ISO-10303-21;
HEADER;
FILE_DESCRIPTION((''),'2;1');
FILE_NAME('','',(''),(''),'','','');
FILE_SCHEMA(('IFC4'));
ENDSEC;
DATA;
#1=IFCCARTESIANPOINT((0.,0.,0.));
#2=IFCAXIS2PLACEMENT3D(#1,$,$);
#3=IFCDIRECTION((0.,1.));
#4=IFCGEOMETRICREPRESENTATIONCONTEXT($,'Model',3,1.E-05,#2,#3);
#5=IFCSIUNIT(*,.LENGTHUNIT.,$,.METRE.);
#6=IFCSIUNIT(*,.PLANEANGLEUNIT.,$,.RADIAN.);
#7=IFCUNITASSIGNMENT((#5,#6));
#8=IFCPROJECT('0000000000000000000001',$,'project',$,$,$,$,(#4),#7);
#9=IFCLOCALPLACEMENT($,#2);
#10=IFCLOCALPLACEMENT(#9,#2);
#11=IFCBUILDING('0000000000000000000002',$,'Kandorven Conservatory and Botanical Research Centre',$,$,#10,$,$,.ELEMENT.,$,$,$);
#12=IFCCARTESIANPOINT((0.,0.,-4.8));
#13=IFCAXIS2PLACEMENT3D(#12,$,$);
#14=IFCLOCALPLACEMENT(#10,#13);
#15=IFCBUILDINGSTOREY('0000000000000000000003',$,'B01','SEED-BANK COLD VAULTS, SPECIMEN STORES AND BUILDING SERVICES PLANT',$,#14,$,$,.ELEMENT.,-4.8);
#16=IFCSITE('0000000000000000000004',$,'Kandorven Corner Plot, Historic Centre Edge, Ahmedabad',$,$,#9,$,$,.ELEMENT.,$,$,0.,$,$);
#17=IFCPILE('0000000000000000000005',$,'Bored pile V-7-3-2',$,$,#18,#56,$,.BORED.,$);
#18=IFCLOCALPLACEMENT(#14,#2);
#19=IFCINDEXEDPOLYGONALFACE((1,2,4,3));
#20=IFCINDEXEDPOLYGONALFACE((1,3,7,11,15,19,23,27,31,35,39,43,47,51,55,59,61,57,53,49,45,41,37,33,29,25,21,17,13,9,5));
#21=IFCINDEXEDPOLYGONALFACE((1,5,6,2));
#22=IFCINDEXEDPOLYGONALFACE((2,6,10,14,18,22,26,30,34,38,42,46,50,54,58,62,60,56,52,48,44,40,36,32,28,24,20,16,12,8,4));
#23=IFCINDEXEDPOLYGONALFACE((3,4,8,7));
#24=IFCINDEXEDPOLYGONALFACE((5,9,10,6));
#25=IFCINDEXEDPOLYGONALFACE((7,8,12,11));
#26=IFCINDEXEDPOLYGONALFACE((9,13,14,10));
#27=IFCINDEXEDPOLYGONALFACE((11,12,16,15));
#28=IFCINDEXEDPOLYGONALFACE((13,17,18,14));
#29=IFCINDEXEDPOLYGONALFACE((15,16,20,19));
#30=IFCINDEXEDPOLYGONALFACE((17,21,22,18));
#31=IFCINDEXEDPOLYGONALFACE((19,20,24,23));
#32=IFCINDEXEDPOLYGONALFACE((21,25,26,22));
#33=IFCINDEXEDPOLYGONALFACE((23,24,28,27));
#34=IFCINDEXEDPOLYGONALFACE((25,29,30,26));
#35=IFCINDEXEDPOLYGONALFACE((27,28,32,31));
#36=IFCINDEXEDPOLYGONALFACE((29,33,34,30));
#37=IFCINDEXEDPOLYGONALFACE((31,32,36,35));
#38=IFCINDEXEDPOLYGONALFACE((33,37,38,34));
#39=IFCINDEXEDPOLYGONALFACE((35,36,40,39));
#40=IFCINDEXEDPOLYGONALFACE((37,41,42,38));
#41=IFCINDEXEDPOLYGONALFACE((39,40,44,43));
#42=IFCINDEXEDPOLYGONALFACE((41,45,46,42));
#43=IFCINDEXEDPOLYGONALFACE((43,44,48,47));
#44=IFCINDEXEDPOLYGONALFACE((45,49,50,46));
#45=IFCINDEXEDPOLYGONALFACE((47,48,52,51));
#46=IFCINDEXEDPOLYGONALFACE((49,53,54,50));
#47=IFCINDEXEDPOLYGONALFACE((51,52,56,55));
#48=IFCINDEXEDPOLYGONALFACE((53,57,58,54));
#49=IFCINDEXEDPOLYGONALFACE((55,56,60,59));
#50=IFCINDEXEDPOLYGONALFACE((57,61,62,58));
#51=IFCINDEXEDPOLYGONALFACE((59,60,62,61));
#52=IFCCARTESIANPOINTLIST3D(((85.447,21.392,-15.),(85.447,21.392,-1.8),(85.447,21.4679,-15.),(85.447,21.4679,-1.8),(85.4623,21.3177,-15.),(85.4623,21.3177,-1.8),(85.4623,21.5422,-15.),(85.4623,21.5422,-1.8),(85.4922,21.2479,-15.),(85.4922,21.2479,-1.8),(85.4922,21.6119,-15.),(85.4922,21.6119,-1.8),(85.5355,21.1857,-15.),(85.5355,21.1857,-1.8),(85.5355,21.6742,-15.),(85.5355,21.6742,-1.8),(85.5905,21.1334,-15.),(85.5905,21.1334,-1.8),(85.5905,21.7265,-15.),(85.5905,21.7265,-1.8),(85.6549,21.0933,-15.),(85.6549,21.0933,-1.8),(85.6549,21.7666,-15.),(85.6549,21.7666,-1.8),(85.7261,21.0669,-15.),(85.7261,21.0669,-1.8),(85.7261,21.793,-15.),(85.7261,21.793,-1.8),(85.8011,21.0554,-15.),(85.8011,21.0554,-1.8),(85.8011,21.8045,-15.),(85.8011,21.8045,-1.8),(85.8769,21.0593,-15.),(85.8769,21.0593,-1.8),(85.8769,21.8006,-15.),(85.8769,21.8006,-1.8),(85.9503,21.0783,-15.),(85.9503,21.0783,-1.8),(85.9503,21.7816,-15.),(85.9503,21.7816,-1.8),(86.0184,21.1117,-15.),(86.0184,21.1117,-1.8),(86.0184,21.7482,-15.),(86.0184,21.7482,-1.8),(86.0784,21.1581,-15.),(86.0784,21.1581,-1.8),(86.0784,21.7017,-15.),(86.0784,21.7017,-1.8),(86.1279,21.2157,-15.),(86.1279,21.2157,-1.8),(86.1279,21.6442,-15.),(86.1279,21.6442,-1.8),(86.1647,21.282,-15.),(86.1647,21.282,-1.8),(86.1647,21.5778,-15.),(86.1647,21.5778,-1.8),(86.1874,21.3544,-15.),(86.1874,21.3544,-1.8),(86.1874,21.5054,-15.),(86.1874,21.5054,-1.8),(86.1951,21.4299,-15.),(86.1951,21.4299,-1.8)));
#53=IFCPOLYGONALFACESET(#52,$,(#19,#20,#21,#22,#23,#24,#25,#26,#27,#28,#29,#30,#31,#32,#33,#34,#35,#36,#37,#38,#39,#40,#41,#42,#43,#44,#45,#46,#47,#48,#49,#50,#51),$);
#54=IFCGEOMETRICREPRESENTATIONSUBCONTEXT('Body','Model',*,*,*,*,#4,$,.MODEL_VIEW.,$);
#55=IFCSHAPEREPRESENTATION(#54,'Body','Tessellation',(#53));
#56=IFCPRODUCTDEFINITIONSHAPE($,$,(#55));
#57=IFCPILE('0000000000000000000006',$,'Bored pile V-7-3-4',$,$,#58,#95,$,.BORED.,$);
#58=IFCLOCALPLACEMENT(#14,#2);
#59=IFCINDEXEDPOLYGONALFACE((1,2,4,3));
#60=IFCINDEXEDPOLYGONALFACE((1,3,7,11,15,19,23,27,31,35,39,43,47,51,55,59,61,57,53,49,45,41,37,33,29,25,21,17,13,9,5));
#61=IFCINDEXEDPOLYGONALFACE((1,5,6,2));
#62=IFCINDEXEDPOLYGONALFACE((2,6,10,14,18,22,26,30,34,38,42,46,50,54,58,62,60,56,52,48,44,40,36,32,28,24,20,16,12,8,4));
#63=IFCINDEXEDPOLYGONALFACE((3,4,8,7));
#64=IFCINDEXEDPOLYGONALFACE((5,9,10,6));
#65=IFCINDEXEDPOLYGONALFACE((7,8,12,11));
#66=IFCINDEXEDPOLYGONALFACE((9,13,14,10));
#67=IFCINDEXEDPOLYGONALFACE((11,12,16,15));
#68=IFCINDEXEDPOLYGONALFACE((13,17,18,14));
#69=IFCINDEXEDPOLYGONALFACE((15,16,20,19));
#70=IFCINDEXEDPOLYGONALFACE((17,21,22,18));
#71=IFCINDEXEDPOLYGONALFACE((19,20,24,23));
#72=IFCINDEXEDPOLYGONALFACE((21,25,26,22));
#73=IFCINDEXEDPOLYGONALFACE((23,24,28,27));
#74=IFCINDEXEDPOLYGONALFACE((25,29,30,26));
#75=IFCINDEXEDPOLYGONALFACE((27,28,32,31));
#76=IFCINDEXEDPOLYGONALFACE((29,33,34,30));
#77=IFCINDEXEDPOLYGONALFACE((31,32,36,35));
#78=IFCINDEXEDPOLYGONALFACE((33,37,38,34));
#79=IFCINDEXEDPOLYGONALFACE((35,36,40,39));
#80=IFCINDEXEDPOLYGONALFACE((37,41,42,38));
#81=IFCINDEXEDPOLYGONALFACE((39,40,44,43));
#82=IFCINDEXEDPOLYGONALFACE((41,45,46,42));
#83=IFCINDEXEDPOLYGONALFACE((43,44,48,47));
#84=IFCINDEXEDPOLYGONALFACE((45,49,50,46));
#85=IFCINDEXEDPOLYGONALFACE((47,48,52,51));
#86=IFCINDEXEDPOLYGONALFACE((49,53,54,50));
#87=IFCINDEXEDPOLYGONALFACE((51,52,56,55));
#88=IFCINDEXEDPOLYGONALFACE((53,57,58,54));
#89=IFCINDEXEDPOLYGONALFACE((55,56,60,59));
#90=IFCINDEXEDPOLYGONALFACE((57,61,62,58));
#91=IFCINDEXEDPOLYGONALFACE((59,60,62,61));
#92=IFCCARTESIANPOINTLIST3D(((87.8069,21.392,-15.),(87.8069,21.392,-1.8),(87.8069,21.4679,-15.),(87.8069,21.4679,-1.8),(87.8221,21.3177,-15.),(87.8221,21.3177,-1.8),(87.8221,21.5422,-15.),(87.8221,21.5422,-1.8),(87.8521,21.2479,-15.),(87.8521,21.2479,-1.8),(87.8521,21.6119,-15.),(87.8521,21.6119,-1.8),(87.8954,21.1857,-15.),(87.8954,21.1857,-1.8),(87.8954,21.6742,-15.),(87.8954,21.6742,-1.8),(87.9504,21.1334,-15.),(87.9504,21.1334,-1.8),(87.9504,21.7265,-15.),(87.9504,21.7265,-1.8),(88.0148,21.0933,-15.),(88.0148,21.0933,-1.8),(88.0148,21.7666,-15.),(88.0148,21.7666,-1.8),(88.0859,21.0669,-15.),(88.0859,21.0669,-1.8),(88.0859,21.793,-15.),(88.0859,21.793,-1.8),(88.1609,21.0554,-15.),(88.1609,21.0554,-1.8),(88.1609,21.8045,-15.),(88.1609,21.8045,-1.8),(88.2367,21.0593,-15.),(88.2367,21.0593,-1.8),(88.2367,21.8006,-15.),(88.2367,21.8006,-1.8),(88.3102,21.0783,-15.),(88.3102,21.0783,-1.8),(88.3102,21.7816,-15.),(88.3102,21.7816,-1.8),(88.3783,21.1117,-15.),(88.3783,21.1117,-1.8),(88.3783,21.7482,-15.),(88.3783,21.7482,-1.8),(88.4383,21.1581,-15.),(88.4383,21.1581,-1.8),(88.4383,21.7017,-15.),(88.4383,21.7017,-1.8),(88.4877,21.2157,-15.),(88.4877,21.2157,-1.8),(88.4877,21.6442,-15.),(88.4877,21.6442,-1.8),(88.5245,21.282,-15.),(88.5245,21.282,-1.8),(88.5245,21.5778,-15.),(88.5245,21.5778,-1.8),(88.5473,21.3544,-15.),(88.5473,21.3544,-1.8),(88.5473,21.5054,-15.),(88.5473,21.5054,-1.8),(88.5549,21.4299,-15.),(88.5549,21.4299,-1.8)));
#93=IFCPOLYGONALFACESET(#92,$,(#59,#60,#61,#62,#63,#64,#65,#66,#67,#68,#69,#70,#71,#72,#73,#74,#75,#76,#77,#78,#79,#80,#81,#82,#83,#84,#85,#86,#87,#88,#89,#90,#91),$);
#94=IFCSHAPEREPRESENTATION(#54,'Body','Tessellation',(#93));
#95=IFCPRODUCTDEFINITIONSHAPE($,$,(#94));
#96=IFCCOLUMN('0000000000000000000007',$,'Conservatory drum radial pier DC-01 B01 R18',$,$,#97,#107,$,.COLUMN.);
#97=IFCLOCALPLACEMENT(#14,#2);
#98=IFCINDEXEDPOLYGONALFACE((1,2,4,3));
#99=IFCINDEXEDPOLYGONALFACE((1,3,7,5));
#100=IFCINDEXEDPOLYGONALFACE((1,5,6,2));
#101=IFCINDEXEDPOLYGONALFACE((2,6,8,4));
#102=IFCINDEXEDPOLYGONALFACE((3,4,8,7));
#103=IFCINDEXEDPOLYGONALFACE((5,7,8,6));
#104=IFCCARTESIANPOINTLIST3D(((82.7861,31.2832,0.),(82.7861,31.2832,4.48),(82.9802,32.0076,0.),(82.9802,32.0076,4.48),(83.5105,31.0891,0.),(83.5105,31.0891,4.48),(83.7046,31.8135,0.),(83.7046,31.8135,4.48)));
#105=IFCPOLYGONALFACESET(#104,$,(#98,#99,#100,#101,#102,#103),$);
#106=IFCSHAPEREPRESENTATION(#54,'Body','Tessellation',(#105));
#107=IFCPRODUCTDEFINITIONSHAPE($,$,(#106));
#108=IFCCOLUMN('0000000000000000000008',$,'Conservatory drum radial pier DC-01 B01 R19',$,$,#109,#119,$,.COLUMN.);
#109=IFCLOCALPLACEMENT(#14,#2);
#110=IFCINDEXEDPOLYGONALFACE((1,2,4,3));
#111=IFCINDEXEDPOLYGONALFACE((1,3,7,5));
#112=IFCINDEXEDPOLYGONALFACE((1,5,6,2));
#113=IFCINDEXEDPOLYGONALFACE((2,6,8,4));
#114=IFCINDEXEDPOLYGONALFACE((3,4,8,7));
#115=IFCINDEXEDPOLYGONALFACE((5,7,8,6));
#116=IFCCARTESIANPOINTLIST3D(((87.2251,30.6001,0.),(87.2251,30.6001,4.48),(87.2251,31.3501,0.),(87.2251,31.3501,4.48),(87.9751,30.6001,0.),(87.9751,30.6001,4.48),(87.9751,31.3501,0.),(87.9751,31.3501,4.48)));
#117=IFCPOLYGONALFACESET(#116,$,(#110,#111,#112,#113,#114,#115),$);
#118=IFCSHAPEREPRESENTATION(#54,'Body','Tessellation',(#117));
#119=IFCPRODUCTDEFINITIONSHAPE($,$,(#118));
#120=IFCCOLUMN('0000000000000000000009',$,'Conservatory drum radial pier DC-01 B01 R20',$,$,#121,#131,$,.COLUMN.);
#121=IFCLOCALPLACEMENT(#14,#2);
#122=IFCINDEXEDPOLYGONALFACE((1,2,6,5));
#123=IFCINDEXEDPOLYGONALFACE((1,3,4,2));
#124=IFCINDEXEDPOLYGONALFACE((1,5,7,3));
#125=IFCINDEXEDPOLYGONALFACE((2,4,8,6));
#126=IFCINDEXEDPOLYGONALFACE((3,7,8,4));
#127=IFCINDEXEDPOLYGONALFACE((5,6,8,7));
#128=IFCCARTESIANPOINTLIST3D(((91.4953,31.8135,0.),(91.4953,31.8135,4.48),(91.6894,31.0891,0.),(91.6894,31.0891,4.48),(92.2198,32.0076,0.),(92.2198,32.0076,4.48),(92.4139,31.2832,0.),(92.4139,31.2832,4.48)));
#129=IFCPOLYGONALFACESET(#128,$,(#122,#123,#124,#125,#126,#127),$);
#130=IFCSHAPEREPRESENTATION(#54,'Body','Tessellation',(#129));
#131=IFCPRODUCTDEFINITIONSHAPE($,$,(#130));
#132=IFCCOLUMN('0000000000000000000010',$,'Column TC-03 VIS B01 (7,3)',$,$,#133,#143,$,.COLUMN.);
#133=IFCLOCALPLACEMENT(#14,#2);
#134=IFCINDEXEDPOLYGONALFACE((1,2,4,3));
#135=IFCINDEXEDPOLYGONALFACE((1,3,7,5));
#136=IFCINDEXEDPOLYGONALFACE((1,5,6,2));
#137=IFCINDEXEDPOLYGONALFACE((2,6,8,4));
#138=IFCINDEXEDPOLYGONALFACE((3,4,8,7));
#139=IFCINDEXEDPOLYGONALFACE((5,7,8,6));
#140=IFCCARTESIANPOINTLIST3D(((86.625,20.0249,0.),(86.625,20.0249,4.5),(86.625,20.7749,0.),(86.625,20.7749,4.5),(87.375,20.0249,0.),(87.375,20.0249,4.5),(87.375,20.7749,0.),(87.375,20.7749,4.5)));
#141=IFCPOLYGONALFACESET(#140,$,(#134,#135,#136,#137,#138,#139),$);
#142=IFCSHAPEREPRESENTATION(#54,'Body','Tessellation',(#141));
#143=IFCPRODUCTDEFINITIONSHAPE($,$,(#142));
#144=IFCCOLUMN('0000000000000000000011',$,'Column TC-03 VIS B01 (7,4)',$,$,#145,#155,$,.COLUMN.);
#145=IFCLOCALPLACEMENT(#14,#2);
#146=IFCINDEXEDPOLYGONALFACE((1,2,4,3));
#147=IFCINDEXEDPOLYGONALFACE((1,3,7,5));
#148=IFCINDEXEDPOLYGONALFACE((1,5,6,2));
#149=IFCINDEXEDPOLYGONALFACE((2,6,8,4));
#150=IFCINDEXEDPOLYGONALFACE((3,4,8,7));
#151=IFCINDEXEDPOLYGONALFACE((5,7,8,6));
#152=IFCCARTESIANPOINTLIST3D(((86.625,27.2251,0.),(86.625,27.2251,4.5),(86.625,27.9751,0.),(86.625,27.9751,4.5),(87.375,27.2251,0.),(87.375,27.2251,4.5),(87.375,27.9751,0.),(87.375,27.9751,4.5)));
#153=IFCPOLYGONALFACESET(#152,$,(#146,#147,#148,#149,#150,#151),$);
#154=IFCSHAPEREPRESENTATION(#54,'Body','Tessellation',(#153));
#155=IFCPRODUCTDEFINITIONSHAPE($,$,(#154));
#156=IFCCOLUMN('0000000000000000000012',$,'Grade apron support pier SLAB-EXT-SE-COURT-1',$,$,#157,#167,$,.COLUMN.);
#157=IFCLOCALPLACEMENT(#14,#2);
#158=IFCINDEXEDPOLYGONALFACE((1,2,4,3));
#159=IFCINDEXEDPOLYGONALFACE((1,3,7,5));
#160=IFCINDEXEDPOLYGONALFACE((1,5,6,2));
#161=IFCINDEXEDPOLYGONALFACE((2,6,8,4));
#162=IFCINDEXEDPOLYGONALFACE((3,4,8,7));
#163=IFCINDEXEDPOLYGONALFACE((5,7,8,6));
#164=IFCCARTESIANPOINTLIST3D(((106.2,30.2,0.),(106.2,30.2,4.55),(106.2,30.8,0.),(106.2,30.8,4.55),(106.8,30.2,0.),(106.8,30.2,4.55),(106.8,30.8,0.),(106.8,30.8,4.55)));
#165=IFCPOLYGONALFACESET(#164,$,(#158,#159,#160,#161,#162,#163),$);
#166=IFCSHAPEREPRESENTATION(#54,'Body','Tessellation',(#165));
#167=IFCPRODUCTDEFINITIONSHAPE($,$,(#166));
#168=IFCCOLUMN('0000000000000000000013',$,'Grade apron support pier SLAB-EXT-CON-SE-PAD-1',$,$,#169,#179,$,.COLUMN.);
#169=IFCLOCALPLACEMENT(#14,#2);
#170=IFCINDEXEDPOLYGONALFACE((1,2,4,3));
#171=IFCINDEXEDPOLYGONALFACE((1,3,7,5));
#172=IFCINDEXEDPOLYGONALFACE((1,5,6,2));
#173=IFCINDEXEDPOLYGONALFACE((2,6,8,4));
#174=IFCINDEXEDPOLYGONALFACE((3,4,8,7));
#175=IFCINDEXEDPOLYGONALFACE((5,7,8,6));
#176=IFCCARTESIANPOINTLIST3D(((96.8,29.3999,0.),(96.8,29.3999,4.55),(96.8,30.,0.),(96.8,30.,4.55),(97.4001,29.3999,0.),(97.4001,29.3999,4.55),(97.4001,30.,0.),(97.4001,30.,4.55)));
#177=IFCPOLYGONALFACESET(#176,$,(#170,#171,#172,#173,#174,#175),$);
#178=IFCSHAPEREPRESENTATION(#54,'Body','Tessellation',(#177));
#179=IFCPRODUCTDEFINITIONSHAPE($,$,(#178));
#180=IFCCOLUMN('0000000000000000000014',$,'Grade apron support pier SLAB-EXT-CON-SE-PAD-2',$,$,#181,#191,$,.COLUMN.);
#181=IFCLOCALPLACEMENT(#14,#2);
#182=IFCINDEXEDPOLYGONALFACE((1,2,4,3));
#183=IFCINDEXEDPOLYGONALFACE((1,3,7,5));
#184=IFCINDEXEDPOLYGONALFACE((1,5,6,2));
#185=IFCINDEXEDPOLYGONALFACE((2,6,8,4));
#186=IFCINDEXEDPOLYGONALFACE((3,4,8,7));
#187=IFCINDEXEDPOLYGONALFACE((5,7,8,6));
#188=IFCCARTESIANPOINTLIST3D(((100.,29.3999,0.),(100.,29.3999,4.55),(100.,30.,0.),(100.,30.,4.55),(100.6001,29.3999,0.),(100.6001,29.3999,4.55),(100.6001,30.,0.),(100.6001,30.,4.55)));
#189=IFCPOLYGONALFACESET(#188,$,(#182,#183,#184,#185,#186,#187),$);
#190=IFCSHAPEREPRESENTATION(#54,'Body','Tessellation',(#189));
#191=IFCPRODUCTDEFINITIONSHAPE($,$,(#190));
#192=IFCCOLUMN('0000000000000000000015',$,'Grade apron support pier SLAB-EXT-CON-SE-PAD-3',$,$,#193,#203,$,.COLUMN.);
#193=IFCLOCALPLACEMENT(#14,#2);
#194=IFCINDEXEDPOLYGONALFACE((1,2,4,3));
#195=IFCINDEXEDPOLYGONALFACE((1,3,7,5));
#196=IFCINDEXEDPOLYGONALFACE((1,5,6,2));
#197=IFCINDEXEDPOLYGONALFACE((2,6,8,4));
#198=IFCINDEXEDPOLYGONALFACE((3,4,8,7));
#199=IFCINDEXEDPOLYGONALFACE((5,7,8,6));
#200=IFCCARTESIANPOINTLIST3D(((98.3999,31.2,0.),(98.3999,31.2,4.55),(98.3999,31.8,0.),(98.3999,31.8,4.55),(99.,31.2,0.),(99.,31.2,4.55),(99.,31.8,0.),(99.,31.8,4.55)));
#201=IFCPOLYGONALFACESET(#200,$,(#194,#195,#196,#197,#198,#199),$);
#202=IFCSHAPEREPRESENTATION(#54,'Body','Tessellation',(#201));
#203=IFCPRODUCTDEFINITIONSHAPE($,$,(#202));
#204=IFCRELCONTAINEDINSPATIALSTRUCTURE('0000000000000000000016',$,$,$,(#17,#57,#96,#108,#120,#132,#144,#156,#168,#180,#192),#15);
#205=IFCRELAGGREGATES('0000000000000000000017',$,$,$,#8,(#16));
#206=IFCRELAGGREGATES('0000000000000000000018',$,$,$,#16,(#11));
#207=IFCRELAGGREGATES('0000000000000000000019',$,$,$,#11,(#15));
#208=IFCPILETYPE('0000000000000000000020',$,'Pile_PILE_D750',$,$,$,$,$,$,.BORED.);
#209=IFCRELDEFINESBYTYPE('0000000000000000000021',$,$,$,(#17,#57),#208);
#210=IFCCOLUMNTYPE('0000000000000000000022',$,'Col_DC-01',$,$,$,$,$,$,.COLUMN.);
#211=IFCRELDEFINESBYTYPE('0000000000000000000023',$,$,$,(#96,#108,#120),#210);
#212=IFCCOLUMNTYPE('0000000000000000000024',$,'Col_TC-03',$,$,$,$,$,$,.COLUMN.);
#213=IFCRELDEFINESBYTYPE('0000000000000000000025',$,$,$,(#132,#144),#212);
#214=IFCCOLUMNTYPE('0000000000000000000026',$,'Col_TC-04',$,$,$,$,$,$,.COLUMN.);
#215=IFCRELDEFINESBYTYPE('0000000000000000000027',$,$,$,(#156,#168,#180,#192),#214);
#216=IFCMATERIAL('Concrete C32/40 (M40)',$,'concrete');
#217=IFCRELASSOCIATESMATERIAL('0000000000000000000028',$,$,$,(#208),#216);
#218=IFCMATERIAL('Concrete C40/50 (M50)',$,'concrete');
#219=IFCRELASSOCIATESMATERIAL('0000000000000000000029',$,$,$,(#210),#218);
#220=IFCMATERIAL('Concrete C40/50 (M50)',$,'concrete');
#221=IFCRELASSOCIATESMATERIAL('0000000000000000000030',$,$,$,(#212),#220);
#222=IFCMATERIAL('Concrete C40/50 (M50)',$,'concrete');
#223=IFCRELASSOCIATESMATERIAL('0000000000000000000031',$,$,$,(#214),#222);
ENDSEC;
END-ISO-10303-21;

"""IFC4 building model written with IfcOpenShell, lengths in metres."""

from ifc_helpers import new_model, si_unit, direction, frame, origin, origin_2d, place, context, subcontext, project, spatial, rectangle, circle, extrude, material, material_profile, profile_set, type_object, element, save


model = new_model("IFC4")

# Units and contexts
model_context = context("Model", 3, precision=1e-05, world=origin(), true_north=direction((0.0, 1.0)))
body_context = subcontext(model_context, "Body", "Model", "MODEL_VIEW")
ifc_project = project(units=[si_unit("LENGTHUNIT", "METRE"), si_unit("PLANEANGLEUNIT", "RADIAN")], contexts=[model_context])

# Site, building, storey
site_placement = place(None, origin())
site = spatial("IfcSite", under=ifc_project, at=site_placement, Name="Kandorven Corner Plot, Historic Centre Edge, Ahmedabad", CompositionType="ELEMENT", RefElevation=0.0)
building_placement = place(site_placement, origin())
building = spatial("IfcBuilding", under=site, at=building_placement, Name="Kandorven Conservatory and Botanical Research Centre", CompositionType="ELEMENT")
storey_placement = place(building_placement, frame((0.0, 0.0, -4.8)))
storey = spatial("IfcBuildingStorey", under=building, at=storey_placement, Name="B01", Description="SEED-BANK COLD VAULTS, SPECIMEN STORES AND BUILDING SERVICES PLANT", CompositionType="ELEMENT", Elevation=-4.8)

# Piles
ifc_material_1 = material(Name="Concrete C32/40 (M40)", Category="concrete")
ifc_material_profile_1 = material_profile(ifc_material_1, circle(Radius=0.375, at=origin_2d()))
ifc_profile_set_1 = profile_set([ifc_material_profile_1], Name="Concrete C32/40 (M40)")
pile_type_1 = type_object("IfcPileType", Name="Pile_PILE_D750", PredefinedType="BORED", material=ifc_profile_set_1)
for number, where, z_axis, x_axis, name in (
    (1, (85.8201, 21.4299, -1.8), (0.0, 0.0, -1.0), (1.0, 0.0, 0.0), "Bored pile V-7-3-2"),
    (2, (88.1799, 21.4299, -1.8), (0.0, 0.0, -1.0), (1.0, 0.0, 0.0), "Bored pile V-7-3-4"),
):
    element("IfcPile", number, at=place(storey_placement, frame(where, z_axis=z_axis, x_axis=x_axis)), inside=storey, type_object=pile_type_1, Name=name, PredefinedType="BORED", context=body_context, shape_type="SweptSolid", body=[
        extrude(circle(Radius=0.375, at=origin_2d()), origin(), (0.0, 0.0, 1.0), 13.2),
    ])

# Columns
ifc_material_2 = material(Name="Concrete C40/50 (M50)", Category="concrete")
ifc_material_profile_2 = material_profile(ifc_material_2, rectangle(XDim=0.75, YDim=0.75, at=origin_2d()))
ifc_profile_set_2 = profile_set([ifc_material_profile_2], Name="Concrete C40/50 (M50)")
column_type_1 = type_object("IfcColumnType", Name="Col_DC-01", PredefinedType="COLUMN", material=ifc_profile_set_2)
for number, where, z_axis, x_axis, name in (
    (3, (83.2454, 31.5483, 0.0), (0.0, 0.0, 1.0), (-0.258819, -0.965926, 0.0), "Conservatory drum radial pier DC-01 B01 R18"),
    (4, (87.6001, 30.9751, 0.0), (0.0, 0.0, 1.0), (0.0, -1.0, 0.0), "Conservatory drum radial pier DC-01 B01 R19"),
    (5, (91.9546, 31.5483, 0.0), (0.0, 0.0, 1.0), (0.258819, -0.965926, 0.0), "Conservatory drum radial pier DC-01 B01 R20"),
):
    element("IfcColumn", number, at=place(storey_placement, frame(where, z_axis=z_axis, x_axis=x_axis)), inside=storey, type_object=column_type_1, Name=name, PredefinedType="COLUMN", context=body_context, shape_type="SweptSolid", body=[
        extrude(rectangle(XDim=0.75, YDim=0.75, at=origin_2d()), origin(), (0.0, 0.0, 1.0), 4.48),
    ])
ifc_material_3 = material(Name="Concrete C40/50 (M50)", Category="concrete")
ifc_material_profile_3 = material_profile(ifc_material_3, rectangle(XDim=0.75, YDim=0.75, at=origin_2d()))
ifc_profile_set_3 = profile_set([ifc_material_profile_3], Name="Concrete C40/50 (M50)")
column_type_2 = type_object("IfcColumnType", Name="Col_TC-03", PredefinedType="COLUMN", material=ifc_profile_set_3)
for number, where, z_axis, x_axis, name in (
    (6, (87.0, 20.3999, 0.0), (0.0, 0.0, 1.0), (1.0, 0.0, 0.0), "Column TC-03 VIS B01 (7,3)"),
    (7, (87.0, 27.6001, 0.0), (0.0, 0.0, 1.0), (1.0, 0.0, 0.0), "Column TC-03 VIS B01 (7,4)"),
):
    element("IfcColumn", number, at=place(storey_placement, frame(where, z_axis=z_axis, x_axis=x_axis)), inside=storey, type_object=column_type_2, Name=name, PredefinedType="COLUMN", context=body_context, shape_type="SweptSolid", body=[
        extrude(rectangle(XDim=0.75, YDim=0.75, at=origin_2d()), origin(), (0.0, 0.0, 1.0), 4.5),
    ])
ifc_material_4 = material(Name="Concrete C40/50 (M50)", Category="concrete")
ifc_material_profile_4 = material_profile(ifc_material_4, rectangle(XDim=0.6001, YDim=0.6001, at=origin_2d()))
ifc_profile_set_4 = profile_set([ifc_material_profile_4], Name="Concrete C40/50 (M50)")
column_type_3 = type_object("IfcColumnType", Name="Col_TC-04", PredefinedType="COLUMN", material=ifc_profile_set_4)
for number, where, z_axis, x_axis, name in (
    (8, (106.5, 30.5, 0.0), (0.0, 0.0, 1.0), (1.0, 0.0, 0.0), "Grade apron support pier SLAB-EXT-SE-COURT-1"),
    (9, (97.1001, 29.7, 0.0), (0.0, 0.0, 1.0), (1.0, 0.0, 0.0), "Grade apron support pier SLAB-EXT-CON-SE-PAD-1"),
    (10, (100.3, 29.7, 0.0), (0.0, 0.0, 1.0), (1.0, 0.0, 0.0), "Grade apron support pier SLAB-EXT-CON-SE-PAD-2"),
    (11, (98.7, 31.5, 0.0), (0.0, 0.0, 1.0), (1.0, 0.0, 0.0), "Grade apron support pier SLAB-EXT-CON-SE-PAD-3"),
):
    element("IfcColumn", number, at=place(storey_placement, frame(where, z_axis=z_axis, x_axis=x_axis)), inside=storey, type_object=column_type_3, Name=name, PredefinedType="COLUMN", context=body_context, shape_type="SweptSolid", body=[
        extrude(rectangle(XDim=0.6001, YDim=0.6001, at=origin_2d()), origin(), (0.0, 0.0, 1.0), 4.55),
    ])

save(model, "model.ifc")
